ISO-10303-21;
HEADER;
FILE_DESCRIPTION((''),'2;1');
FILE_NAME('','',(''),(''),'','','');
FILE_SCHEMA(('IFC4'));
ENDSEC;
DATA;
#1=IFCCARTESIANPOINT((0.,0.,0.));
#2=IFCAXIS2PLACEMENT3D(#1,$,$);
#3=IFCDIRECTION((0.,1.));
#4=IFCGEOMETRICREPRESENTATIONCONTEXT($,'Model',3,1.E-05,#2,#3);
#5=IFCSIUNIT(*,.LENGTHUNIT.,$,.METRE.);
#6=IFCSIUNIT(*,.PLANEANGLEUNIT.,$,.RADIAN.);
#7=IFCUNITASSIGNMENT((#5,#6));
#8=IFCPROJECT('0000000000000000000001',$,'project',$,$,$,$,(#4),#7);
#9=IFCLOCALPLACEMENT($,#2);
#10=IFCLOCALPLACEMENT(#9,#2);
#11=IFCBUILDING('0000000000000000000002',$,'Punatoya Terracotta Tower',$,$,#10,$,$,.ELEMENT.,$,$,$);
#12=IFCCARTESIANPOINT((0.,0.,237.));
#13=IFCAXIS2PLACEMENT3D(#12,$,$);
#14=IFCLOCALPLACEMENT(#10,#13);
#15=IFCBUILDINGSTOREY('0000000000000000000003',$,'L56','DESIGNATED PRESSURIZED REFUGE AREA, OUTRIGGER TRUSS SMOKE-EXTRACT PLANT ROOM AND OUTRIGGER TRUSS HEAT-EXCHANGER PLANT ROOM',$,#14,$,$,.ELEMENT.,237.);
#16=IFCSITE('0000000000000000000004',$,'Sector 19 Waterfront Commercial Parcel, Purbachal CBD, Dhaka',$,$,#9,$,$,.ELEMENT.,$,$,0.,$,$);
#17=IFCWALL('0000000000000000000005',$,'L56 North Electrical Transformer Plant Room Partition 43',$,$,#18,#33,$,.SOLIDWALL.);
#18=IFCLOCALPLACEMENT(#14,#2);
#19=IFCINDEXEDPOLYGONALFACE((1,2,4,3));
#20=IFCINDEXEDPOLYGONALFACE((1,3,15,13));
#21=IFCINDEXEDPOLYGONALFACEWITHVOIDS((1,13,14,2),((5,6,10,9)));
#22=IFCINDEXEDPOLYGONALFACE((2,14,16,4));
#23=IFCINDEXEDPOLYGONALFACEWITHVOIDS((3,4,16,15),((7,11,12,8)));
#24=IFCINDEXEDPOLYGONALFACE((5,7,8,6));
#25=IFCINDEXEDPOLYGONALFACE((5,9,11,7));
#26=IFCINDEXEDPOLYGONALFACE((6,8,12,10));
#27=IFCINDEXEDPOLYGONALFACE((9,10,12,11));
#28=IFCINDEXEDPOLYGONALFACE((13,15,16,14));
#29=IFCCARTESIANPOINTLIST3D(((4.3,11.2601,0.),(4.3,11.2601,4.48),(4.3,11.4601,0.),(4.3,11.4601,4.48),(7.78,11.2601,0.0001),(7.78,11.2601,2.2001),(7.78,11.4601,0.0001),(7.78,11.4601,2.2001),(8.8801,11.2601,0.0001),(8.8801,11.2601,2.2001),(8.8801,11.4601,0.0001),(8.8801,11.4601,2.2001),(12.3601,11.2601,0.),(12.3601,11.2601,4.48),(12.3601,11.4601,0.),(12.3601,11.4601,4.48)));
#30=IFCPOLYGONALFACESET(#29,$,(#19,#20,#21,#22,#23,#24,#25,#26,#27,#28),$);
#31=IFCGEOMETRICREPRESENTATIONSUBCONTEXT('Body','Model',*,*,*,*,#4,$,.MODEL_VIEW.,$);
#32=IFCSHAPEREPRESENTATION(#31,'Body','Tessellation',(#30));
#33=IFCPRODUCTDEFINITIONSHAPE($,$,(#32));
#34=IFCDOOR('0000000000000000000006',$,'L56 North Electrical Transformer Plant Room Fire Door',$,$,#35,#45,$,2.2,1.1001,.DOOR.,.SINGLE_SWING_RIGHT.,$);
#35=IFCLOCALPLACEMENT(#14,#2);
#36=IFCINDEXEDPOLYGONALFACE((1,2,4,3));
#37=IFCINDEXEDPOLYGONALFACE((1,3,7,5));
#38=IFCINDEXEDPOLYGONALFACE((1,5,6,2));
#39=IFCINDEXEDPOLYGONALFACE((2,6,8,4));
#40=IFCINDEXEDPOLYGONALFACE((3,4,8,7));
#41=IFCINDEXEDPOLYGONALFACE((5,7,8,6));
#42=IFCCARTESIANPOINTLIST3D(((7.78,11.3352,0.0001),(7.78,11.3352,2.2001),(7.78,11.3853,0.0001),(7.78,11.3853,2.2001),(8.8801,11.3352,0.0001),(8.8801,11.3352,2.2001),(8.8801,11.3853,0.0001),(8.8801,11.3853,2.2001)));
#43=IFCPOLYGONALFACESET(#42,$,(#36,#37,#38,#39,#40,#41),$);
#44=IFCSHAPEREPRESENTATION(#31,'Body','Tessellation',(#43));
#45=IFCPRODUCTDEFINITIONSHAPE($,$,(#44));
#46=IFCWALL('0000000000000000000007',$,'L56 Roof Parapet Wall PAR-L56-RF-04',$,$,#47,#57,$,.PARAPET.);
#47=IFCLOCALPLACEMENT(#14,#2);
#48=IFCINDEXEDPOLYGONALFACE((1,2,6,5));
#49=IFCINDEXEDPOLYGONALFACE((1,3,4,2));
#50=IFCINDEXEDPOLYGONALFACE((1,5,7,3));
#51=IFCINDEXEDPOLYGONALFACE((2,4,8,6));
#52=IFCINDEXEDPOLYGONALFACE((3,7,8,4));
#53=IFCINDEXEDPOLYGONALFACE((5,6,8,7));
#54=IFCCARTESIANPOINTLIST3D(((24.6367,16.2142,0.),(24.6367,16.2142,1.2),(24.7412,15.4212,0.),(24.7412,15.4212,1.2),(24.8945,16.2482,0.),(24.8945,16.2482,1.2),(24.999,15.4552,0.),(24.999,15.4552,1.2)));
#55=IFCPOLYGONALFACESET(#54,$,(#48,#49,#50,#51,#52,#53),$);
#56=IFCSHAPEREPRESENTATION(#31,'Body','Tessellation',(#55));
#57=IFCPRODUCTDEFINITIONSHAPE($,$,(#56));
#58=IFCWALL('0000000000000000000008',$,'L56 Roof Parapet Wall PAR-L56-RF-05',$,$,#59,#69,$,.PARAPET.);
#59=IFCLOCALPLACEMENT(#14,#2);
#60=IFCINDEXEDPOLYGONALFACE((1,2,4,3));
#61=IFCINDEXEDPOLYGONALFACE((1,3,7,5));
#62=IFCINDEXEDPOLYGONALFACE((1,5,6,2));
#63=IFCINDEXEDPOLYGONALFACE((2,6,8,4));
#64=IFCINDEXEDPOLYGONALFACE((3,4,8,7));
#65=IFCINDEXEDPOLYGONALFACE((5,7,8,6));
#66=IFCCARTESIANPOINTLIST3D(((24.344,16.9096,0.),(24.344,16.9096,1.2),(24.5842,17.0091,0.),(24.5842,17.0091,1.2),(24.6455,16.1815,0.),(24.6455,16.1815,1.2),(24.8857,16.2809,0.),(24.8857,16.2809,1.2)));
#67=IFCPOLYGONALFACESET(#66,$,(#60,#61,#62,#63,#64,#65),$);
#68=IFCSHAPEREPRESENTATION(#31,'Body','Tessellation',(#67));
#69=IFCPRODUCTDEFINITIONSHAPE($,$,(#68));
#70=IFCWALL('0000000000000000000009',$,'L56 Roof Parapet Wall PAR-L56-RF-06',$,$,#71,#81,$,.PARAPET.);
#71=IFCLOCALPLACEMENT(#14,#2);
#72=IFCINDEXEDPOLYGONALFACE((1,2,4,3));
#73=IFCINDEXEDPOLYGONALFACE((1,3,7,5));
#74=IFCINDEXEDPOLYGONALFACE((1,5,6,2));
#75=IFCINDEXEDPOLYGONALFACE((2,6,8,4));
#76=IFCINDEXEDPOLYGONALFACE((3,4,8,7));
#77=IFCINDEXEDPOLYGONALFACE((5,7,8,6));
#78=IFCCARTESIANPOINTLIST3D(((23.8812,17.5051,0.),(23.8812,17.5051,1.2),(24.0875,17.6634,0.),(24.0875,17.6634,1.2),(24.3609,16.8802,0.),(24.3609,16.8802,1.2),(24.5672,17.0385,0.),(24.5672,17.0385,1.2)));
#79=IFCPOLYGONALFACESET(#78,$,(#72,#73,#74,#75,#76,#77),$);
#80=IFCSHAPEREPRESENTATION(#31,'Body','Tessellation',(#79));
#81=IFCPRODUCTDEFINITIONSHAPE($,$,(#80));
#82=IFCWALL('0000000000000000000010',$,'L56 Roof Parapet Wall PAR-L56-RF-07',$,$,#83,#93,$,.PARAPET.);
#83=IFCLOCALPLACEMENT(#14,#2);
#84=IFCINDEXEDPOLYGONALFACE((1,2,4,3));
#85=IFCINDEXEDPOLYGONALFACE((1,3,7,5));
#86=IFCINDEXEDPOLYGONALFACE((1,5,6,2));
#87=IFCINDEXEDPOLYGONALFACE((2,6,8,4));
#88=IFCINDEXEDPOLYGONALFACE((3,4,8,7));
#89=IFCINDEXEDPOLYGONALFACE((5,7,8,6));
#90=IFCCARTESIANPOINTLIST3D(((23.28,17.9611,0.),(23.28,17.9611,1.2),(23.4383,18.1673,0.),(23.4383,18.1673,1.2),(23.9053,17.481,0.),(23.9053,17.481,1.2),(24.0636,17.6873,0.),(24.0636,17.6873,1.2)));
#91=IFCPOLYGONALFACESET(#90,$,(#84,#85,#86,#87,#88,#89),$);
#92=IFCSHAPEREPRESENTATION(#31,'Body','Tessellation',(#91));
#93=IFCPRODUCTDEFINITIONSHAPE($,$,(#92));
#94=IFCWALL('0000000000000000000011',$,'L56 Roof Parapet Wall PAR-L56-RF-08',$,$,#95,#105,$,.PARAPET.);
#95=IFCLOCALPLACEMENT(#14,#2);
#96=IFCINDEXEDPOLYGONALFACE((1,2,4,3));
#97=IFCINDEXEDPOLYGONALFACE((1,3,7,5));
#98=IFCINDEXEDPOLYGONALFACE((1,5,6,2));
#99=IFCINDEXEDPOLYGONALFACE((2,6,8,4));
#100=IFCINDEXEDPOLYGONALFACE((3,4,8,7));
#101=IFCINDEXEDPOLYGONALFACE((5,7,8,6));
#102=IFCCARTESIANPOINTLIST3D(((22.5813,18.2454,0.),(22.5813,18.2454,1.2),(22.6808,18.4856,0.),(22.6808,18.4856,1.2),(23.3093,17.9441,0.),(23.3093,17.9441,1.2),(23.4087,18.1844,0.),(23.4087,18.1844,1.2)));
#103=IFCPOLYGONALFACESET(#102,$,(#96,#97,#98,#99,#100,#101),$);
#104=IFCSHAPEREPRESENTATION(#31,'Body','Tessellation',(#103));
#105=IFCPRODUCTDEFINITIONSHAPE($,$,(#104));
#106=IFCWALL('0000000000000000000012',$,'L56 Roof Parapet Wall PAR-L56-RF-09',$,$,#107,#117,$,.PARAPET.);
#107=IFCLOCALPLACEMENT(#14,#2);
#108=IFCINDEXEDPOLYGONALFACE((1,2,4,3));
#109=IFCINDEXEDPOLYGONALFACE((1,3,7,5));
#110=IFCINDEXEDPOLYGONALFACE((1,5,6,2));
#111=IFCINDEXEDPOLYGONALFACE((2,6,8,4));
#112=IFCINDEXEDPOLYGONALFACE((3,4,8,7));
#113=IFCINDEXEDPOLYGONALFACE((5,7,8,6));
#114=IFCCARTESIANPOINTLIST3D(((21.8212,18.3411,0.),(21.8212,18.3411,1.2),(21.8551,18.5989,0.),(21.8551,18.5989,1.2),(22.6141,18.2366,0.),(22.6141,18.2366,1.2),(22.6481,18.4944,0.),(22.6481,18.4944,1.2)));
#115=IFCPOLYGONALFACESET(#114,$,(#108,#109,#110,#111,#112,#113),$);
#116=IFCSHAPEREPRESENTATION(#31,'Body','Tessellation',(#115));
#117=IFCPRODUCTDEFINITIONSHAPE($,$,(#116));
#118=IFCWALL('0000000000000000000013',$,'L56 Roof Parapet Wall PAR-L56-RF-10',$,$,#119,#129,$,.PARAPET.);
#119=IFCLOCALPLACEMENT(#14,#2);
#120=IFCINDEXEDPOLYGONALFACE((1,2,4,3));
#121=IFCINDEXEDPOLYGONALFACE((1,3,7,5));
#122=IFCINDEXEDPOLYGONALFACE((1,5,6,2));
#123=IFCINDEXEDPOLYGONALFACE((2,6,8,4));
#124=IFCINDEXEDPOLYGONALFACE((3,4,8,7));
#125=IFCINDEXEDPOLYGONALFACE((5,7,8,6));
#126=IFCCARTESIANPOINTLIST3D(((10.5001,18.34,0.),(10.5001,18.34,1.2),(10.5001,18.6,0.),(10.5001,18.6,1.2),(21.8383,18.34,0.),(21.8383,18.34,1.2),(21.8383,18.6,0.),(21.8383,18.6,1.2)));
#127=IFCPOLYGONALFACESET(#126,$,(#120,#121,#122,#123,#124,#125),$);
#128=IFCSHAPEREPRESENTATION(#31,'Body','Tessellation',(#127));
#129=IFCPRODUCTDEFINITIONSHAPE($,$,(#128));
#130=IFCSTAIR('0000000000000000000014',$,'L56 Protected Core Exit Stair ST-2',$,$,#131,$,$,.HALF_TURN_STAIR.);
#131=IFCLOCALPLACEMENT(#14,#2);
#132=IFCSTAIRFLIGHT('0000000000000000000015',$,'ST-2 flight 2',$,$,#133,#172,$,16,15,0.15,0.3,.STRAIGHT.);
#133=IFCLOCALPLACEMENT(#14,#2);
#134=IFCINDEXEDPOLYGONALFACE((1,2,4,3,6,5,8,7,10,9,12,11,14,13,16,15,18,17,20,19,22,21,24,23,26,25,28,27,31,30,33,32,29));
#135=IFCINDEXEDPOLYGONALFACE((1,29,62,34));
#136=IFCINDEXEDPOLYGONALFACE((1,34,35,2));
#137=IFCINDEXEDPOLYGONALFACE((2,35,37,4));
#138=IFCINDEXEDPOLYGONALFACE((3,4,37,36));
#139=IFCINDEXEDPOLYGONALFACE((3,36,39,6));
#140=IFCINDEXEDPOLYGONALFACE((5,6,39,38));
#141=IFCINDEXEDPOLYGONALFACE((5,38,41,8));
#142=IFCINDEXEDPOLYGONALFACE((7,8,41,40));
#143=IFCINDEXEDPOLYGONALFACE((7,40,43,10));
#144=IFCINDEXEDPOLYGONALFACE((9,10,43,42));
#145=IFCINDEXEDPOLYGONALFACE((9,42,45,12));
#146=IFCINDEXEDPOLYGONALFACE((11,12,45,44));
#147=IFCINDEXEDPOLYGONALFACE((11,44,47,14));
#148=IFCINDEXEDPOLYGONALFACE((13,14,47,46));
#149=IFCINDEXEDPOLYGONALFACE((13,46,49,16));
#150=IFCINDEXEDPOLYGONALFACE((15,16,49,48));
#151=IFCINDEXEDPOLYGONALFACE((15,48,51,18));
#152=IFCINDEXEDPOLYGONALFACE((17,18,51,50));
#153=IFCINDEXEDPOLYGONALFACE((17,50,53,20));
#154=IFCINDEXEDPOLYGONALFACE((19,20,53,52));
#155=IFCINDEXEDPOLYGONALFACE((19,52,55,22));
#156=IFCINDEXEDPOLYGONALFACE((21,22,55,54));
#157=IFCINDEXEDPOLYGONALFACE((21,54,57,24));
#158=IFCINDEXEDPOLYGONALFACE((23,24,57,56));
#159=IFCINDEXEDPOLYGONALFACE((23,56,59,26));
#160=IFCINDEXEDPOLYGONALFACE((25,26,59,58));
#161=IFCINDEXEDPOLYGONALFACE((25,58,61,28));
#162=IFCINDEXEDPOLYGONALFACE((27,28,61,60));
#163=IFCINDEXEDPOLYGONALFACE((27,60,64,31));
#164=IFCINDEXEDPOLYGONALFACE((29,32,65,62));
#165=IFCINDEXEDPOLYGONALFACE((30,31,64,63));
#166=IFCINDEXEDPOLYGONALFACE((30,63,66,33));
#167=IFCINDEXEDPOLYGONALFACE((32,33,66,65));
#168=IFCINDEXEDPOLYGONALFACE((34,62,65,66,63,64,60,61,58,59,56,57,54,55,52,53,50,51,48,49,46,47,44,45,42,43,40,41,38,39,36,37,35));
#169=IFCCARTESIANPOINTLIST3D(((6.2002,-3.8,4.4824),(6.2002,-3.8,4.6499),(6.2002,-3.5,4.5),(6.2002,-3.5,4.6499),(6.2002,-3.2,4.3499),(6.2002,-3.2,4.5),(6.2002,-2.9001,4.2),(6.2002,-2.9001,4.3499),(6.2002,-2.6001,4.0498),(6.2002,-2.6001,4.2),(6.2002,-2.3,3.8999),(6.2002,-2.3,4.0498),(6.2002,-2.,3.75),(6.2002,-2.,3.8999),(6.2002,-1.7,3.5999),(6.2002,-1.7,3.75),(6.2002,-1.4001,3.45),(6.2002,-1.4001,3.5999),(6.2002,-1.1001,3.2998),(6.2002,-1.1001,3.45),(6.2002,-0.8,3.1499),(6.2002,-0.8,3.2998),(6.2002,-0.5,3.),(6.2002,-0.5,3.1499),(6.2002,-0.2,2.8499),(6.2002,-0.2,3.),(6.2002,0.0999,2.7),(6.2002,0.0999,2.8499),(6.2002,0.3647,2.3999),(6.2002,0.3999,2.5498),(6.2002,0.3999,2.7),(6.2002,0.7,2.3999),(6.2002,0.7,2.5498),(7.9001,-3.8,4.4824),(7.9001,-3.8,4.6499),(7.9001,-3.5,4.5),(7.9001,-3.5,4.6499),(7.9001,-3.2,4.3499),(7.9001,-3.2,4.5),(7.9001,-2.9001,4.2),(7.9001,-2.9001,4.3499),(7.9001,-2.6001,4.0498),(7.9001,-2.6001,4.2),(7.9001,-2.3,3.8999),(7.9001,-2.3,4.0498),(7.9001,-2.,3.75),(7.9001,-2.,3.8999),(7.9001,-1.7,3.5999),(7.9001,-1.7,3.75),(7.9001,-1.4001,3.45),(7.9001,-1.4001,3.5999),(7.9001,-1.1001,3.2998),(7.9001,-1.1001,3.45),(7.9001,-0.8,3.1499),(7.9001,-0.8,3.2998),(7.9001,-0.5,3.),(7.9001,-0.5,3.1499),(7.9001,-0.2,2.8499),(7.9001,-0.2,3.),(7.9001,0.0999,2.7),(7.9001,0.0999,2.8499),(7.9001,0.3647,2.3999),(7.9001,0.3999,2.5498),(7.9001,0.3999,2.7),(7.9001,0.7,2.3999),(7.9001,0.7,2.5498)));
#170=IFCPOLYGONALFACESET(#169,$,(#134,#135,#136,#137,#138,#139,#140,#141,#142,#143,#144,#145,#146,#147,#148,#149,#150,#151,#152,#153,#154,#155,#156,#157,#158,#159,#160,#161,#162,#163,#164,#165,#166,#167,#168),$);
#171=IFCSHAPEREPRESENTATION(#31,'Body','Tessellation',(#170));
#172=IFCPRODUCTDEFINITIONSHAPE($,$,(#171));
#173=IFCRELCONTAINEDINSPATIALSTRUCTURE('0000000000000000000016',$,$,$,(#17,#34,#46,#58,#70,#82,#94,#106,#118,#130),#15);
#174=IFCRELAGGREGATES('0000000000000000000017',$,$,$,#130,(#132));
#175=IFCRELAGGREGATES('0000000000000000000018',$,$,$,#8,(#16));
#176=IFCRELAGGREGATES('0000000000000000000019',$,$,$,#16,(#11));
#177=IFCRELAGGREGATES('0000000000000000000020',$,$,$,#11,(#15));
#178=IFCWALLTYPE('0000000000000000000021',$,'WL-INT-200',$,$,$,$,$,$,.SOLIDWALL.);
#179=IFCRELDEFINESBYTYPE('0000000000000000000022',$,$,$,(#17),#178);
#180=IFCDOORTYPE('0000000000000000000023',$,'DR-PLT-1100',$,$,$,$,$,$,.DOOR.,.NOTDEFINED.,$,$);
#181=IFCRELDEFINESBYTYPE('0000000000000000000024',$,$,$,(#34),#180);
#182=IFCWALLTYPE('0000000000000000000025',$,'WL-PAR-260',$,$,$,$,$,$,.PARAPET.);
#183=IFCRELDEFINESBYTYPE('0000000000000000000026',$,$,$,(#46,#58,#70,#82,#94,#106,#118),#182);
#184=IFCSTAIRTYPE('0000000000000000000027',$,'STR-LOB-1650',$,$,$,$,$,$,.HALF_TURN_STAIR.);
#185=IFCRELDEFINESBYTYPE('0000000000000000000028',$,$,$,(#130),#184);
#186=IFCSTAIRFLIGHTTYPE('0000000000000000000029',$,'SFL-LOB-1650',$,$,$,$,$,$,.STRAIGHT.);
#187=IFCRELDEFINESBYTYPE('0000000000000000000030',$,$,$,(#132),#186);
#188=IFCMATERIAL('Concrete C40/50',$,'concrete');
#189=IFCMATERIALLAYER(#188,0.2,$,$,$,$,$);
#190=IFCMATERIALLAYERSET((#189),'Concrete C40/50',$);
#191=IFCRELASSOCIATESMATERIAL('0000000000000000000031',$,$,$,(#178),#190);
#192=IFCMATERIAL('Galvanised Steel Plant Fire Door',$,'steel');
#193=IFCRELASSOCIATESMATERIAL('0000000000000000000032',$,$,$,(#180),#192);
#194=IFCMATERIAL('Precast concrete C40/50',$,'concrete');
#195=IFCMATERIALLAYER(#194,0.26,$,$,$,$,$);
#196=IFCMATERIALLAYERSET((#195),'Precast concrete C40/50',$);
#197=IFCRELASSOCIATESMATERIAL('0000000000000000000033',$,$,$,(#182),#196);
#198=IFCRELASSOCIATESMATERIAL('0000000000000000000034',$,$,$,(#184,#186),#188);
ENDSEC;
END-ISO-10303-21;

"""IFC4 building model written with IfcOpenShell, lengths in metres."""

from ifc_helpers import new_model, si_unit, direction, frame, frame_2d, origin, place, context, subcontext, project, spatial, polyline, rectangle, outline, extrude, material, layer, layer_set, type_object, element, fill, aggregate, save


model = new_model("IFC4")

# Units and contexts
model_context = context("Model", 3, precision=1e-05, world=origin(), true_north=direction((0.0, 1.0)))
body_context = subcontext(model_context, "Body", "Model", "MODEL_VIEW")
ifc_project = project(units=[si_unit("LENGTHUNIT", "METRE"), si_unit("PLANEANGLEUNIT", "RADIAN")], contexts=[model_context])

# Site, building, storey
site_placement = place(None, origin())
site = spatial("IfcSite", under=ifc_project, at=site_placement, Name="Sector 19 Waterfront Commercial Parcel, Purbachal CBD, Dhaka", CompositionType="ELEMENT", RefElevation=0.0)
building_placement = place(site_placement, origin())
building = spatial("IfcBuilding", under=site, at=building_placement, Name="Punatoya Terracotta Tower", CompositionType="ELEMENT")
storey_placement = place(building_placement, frame((0.0, 0.0, 237.0)))
storey = spatial("IfcBuildingStorey", under=building, at=storey_placement, Name="L56", Description="DESIGNATED PRESSURIZED REFUGE AREA, OUTRIGGER TRUSS SMOKE-EXTRACT PLANT ROOM AND OUTRIGGER TRUSS HEAT-EXCHANGER PLANT ROOM", CompositionType="ELEMENT", Elevation=237.0)

# Shared definitions
ifc_material_1 = material(Name="Precast concrete C40/50", Category="concrete")

# Shared definitions
ifc_material_2 = material(Name="Concrete C40/50", Category="concrete")
ifc_layer_1 = layer(ifc_material_2, 0.2)
ifc_layer_set_1 = layer_set([ifc_layer_1], Name="Concrete C40/50")
wall_type_1 = type_object("IfcWallType", Name="WL-INT-200", PredefinedType="SOLIDWALL", material=ifc_layer_set_1)

# Shared definitions
ifc_material_3 = material(Name="Galvanised Steel Plant Fire Door", Category="steel")
door_type_1 = type_object("IfcDoorType", Name="DR-PLT-1100", OperationType="NOTDEFINED", PredefinedType="DOOR", material=ifc_material_3)

# Wall, opening, door
wall_1_placement = place(storey_placement, frame((12.3601, 11.3601, 0.0), z_axis=(0.0, 0.0, 1.0), x_axis=(-1.0, 0.0, 0.0)))
wall_1 = element("IfcWall", 1, at=wall_1_placement, inside=storey, type_object=wall_type_1, Name="L56 North Electrical Transformer Plant Room Partition 43", PredefinedType="SOLIDWALL", context=body_context, shape_type="SweptSolid", body=[
    extrude(rectangle(XDim=8.0601, YDim=0.2, at=frame_2d((4.03, 0.0))), origin(), (0.0, 0.0, 1.0), 4.48),
])
opening_1_placement = place(wall_1_placement, frame((3.48, 0.0, 0.0)))
opening_1 = element("IfcOpeningElement", 2, at=opening_1_placement, cuts=wall_1, PredefinedType="OPENING", context=body_context, shape_type="SweptSolid", body=[
    extrude(rectangle(XDim=1.1001, YDim=2.2, at=frame_2d((0.55, 1.1001))), frame((0.0, 0.1099, 0.0), z_axis=(0.0, -1.0, 0.0), x_axis=(1.0, 0.0, 0.0)), (0.0, 0.0, 1.0), 0.22),
])
door_1_placement = place(opening_1_placement, origin())
door_1 = element("IfcDoor", 3, at=door_1_placement, inside=storey, type_object=door_type_1, Name="L56 North Electrical Transformer Plant Room Fire Door", OperationType="SINGLE_SWING_RIGHT", OverallHeight=2.2, OverallWidth=1.1001, PredefinedType="DOOR", context=body_context, shape_type="SweptSolid", body=[
    extrude(rectangle(XDim=1.1001, YDim=2.2, at=frame_2d((0.55, 1.1001))), frame((0.0, 0.0249, 0.0), z_axis=(0.0, -1.0, 0.0), x_axis=(1.0, 0.0, 0.0)), (0.0, 0.0, 1.0), 0.05),
])
fill(opening_1, door_1)

# Walls
ifc_layer_2 = layer(ifc_material_1, 0.26)
ifc_layer_set_2 = layer_set([ifc_layer_2], Name="Precast concrete C40/50")
wall_type_2 = type_object("IfcWallType", Name="WL-PAR-260", PredefinedType="PARAPET", material=ifc_layer_set_2)
wall_2_placement = place(storey_placement, frame((24.8701, 15.4382, 0.0), z_axis=(0.0, 0.0, 1.0), x_axis=(-0.130644, 0.991429, 0.0)))
element("IfcWall", 4, at=wall_2_placement, inside=storey, type_object=wall_type_2, Name="L56 Roof Parapet Wall PAR-L56-RF-04", PredefinedType="PARAPET", context=body_context, shape_type="SweptSolid", body=[
    extrude(rectangle(XDim=0.7998, YDim=0.26, at=frame_2d((0.3999, 0.0))), origin(), (0.0, 0.0, 1.0), 1.2),
])
wall_3_placement = place(storey_placement, frame((24.7656, 16.2312, 0.0), z_axis=(0.0, 0.0, 1.0), x_axis=(-0.382635, 0.9239, 0.0)))
element("IfcWall", 5, at=wall_3_placement, inside=storey, type_object=wall_type_2, Name="L56 Roof Parapet Wall PAR-L56-RF-05", PredefinedType="PARAPET", context=body_context, shape_type="SweptSolid", body=[
    extrude(rectangle(XDim=0.7881, YDim=0.26, at=frame_2d((0.394, 0.0))), origin(), (0.0, 0.0, 1.0), 1.2),
])
wall_4_placement = place(storey_placement, frame((24.4641, 16.9592, 0.0), z_axis=(0.0, 0.0, 1.0), x_axis=(-0.608887, 0.793257, 0.0)))
element("IfcWall", 6, at=wall_4_placement, inside=storey, type_object=wall_type_2, Name="L56 Roof Parapet Wall PAR-L56-RF-06", PredefinedType="PARAPET", context=body_context, shape_type="SweptSolid", body=[
    extrude(rectangle(XDim=0.7878, YDim=0.26, at=frame_2d((0.394, 0.0))), origin(), (0.0, 0.0, 1.0), 1.2),
])
wall_5_placement = place(storey_placement, frame((23.9844, 17.5842, 0.0), z_axis=(0.0, 0.0, 1.0), x_axis=(-0.793222, 0.608932, 0.0)))
element("IfcWall", 7, at=wall_5_placement, inside=storey, type_object=wall_type_2, Name="L56 Roof Parapet Wall PAR-L56-RF-07", PredefinedType="PARAPET", context=body_context, shape_type="SweptSolid", body=[
    extrude(rectangle(XDim=0.7883, YDim=0.26, at=frame_2d((0.394, 0.0))), origin(), (0.0, 0.0, 1.0), 1.2),
])
wall_6_placement = place(storey_placement, frame((23.3591, 18.0642, 0.0), z_axis=(0.0, 0.0, 1.0), x_axis=(-0.924009, 0.38237, 0.0)))
element("IfcWall", 8, at=wall_6_placement, inside=storey, type_object=wall_type_2, Name="L56 Roof Parapet Wall PAR-L56-RF-08", PredefinedType="PARAPET", context=body_context, shape_type="SweptSolid", body=[
    extrude(rectangle(XDim=0.7878, YDim=0.26, at=frame_2d((0.394, 0.0))), origin(), (0.0, 0.0, 1.0), 1.2),
])
wall_7_placement = place(storey_placement, frame((22.6311, 18.3655, 0.0), z_axis=(0.0, 0.0, 1.0), x_axis=(-0.991429, 0.130644, 0.0)))
element("IfcWall", 9, at=wall_7_placement, inside=storey, type_object=wall_type_2, Name="L56 Roof Parapet Wall PAR-L56-RF-09", PredefinedType="PARAPET", context=body_context, shape_type="SweptSolid", body=[
    extrude(rectangle(XDim=0.7998, YDim=0.26, at=frame_2d((0.3999, 0.0))), origin(), (0.0, 0.0, 1.0), 1.2),
])
wall_8_placement = place(storey_placement, frame((21.8381, 18.47, 0.0), z_axis=(0.0, 0.0, 1.0), x_axis=(-1.0, 0.0, 0.0)))
element("IfcWall", 10, at=wall_8_placement, inside=storey, type_object=wall_type_2, Name="L56 Roof Parapet Wall PAR-L56-RF-10", PredefinedType="PARAPET", context=body_context, shape_type="SweptSolid", body=[
    extrude(rectangle(XDim=11.3381, YDim=0.26, at=frame_2d((5.6689, 0.0))), origin(), (0.0, 0.0, 1.0), 1.2),
])

# Stair, stair flight
stair_type = type_object("IfcStairType", Name="STR-LOB-1650", PredefinedType="HALF_TURN_STAIR", material=ifc_material_2)
stair_placement = place(storey_placement, origin())
stair = element("IfcStair", 11, at=stair_placement, inside=storey, type_object=stair_type, Name="L56 Protected Core Exit Stair ST-2", PredefinedType="HALF_TURN_STAIR")
stair_flight_type = type_object("IfcStairFlightType", Name="SFL-LOB-1650", PredefinedType="STRAIGHT", material=ifc_material_2)
stair_flight_placement = place(storey_placement, frame((7.05, 0.7, 2.3999), z_axis=(0.0, 0.0, 1.0), x_axis=(0.0, -1.0, 0.0)))
stair_flight = element("IfcStairFlight", 12, at=stair_flight_placement, type_object=stair_flight_type, Name="ST-2 flight 2", NumberOfRisers=16, NumberOfTreads=15, PredefinedType="STRAIGHT", RiserHeight=0.15, TreadLength=0.3, context=body_context, shape_type="SweptSolid", body=[
    extrude(outline(polyline([(0.0, 0.0), (0.0, 0.1499), (0.3, 0.1499), (0.3, 0.3), (0.6001, 0.3), (0.6001, 0.45), (0.8999, 0.45), (0.8999, 0.6001), (1.2, 0.6001), (1.2, 0.75), (1.5, 0.75), (1.5, 0.8999), (1.8, 0.8999), (1.8, 1.05), (2.1001, 1.05), (2.1001, 1.2), (2.3999, 1.2), (2.3999, 1.3501), (2.7, 1.3501), (2.7, 1.5), (3.0, 1.5), (3.0, 1.6499), (3.3, 1.6499), (3.3, 1.8), (3.6001, 1.8), (3.6001, 1.95), (3.8999, 1.95), (3.8999, 2.1001), (4.2, 2.1001), (4.2, 2.25), (4.5, 2.25), (4.5, 2.3999), (4.5, 2.0825), (0.3352, 0.0), (0.0, 0.0)])), frame((0.0, 0.8501, 0.0), z_axis=(0.0, -1.0, 0.0), x_axis=(1.0, 0.0, 0.0)), (0.0, 0.0, 1.0), 1.7),
])
aggregate(stair, [stair_flight])

save(model, "model.ifc")
